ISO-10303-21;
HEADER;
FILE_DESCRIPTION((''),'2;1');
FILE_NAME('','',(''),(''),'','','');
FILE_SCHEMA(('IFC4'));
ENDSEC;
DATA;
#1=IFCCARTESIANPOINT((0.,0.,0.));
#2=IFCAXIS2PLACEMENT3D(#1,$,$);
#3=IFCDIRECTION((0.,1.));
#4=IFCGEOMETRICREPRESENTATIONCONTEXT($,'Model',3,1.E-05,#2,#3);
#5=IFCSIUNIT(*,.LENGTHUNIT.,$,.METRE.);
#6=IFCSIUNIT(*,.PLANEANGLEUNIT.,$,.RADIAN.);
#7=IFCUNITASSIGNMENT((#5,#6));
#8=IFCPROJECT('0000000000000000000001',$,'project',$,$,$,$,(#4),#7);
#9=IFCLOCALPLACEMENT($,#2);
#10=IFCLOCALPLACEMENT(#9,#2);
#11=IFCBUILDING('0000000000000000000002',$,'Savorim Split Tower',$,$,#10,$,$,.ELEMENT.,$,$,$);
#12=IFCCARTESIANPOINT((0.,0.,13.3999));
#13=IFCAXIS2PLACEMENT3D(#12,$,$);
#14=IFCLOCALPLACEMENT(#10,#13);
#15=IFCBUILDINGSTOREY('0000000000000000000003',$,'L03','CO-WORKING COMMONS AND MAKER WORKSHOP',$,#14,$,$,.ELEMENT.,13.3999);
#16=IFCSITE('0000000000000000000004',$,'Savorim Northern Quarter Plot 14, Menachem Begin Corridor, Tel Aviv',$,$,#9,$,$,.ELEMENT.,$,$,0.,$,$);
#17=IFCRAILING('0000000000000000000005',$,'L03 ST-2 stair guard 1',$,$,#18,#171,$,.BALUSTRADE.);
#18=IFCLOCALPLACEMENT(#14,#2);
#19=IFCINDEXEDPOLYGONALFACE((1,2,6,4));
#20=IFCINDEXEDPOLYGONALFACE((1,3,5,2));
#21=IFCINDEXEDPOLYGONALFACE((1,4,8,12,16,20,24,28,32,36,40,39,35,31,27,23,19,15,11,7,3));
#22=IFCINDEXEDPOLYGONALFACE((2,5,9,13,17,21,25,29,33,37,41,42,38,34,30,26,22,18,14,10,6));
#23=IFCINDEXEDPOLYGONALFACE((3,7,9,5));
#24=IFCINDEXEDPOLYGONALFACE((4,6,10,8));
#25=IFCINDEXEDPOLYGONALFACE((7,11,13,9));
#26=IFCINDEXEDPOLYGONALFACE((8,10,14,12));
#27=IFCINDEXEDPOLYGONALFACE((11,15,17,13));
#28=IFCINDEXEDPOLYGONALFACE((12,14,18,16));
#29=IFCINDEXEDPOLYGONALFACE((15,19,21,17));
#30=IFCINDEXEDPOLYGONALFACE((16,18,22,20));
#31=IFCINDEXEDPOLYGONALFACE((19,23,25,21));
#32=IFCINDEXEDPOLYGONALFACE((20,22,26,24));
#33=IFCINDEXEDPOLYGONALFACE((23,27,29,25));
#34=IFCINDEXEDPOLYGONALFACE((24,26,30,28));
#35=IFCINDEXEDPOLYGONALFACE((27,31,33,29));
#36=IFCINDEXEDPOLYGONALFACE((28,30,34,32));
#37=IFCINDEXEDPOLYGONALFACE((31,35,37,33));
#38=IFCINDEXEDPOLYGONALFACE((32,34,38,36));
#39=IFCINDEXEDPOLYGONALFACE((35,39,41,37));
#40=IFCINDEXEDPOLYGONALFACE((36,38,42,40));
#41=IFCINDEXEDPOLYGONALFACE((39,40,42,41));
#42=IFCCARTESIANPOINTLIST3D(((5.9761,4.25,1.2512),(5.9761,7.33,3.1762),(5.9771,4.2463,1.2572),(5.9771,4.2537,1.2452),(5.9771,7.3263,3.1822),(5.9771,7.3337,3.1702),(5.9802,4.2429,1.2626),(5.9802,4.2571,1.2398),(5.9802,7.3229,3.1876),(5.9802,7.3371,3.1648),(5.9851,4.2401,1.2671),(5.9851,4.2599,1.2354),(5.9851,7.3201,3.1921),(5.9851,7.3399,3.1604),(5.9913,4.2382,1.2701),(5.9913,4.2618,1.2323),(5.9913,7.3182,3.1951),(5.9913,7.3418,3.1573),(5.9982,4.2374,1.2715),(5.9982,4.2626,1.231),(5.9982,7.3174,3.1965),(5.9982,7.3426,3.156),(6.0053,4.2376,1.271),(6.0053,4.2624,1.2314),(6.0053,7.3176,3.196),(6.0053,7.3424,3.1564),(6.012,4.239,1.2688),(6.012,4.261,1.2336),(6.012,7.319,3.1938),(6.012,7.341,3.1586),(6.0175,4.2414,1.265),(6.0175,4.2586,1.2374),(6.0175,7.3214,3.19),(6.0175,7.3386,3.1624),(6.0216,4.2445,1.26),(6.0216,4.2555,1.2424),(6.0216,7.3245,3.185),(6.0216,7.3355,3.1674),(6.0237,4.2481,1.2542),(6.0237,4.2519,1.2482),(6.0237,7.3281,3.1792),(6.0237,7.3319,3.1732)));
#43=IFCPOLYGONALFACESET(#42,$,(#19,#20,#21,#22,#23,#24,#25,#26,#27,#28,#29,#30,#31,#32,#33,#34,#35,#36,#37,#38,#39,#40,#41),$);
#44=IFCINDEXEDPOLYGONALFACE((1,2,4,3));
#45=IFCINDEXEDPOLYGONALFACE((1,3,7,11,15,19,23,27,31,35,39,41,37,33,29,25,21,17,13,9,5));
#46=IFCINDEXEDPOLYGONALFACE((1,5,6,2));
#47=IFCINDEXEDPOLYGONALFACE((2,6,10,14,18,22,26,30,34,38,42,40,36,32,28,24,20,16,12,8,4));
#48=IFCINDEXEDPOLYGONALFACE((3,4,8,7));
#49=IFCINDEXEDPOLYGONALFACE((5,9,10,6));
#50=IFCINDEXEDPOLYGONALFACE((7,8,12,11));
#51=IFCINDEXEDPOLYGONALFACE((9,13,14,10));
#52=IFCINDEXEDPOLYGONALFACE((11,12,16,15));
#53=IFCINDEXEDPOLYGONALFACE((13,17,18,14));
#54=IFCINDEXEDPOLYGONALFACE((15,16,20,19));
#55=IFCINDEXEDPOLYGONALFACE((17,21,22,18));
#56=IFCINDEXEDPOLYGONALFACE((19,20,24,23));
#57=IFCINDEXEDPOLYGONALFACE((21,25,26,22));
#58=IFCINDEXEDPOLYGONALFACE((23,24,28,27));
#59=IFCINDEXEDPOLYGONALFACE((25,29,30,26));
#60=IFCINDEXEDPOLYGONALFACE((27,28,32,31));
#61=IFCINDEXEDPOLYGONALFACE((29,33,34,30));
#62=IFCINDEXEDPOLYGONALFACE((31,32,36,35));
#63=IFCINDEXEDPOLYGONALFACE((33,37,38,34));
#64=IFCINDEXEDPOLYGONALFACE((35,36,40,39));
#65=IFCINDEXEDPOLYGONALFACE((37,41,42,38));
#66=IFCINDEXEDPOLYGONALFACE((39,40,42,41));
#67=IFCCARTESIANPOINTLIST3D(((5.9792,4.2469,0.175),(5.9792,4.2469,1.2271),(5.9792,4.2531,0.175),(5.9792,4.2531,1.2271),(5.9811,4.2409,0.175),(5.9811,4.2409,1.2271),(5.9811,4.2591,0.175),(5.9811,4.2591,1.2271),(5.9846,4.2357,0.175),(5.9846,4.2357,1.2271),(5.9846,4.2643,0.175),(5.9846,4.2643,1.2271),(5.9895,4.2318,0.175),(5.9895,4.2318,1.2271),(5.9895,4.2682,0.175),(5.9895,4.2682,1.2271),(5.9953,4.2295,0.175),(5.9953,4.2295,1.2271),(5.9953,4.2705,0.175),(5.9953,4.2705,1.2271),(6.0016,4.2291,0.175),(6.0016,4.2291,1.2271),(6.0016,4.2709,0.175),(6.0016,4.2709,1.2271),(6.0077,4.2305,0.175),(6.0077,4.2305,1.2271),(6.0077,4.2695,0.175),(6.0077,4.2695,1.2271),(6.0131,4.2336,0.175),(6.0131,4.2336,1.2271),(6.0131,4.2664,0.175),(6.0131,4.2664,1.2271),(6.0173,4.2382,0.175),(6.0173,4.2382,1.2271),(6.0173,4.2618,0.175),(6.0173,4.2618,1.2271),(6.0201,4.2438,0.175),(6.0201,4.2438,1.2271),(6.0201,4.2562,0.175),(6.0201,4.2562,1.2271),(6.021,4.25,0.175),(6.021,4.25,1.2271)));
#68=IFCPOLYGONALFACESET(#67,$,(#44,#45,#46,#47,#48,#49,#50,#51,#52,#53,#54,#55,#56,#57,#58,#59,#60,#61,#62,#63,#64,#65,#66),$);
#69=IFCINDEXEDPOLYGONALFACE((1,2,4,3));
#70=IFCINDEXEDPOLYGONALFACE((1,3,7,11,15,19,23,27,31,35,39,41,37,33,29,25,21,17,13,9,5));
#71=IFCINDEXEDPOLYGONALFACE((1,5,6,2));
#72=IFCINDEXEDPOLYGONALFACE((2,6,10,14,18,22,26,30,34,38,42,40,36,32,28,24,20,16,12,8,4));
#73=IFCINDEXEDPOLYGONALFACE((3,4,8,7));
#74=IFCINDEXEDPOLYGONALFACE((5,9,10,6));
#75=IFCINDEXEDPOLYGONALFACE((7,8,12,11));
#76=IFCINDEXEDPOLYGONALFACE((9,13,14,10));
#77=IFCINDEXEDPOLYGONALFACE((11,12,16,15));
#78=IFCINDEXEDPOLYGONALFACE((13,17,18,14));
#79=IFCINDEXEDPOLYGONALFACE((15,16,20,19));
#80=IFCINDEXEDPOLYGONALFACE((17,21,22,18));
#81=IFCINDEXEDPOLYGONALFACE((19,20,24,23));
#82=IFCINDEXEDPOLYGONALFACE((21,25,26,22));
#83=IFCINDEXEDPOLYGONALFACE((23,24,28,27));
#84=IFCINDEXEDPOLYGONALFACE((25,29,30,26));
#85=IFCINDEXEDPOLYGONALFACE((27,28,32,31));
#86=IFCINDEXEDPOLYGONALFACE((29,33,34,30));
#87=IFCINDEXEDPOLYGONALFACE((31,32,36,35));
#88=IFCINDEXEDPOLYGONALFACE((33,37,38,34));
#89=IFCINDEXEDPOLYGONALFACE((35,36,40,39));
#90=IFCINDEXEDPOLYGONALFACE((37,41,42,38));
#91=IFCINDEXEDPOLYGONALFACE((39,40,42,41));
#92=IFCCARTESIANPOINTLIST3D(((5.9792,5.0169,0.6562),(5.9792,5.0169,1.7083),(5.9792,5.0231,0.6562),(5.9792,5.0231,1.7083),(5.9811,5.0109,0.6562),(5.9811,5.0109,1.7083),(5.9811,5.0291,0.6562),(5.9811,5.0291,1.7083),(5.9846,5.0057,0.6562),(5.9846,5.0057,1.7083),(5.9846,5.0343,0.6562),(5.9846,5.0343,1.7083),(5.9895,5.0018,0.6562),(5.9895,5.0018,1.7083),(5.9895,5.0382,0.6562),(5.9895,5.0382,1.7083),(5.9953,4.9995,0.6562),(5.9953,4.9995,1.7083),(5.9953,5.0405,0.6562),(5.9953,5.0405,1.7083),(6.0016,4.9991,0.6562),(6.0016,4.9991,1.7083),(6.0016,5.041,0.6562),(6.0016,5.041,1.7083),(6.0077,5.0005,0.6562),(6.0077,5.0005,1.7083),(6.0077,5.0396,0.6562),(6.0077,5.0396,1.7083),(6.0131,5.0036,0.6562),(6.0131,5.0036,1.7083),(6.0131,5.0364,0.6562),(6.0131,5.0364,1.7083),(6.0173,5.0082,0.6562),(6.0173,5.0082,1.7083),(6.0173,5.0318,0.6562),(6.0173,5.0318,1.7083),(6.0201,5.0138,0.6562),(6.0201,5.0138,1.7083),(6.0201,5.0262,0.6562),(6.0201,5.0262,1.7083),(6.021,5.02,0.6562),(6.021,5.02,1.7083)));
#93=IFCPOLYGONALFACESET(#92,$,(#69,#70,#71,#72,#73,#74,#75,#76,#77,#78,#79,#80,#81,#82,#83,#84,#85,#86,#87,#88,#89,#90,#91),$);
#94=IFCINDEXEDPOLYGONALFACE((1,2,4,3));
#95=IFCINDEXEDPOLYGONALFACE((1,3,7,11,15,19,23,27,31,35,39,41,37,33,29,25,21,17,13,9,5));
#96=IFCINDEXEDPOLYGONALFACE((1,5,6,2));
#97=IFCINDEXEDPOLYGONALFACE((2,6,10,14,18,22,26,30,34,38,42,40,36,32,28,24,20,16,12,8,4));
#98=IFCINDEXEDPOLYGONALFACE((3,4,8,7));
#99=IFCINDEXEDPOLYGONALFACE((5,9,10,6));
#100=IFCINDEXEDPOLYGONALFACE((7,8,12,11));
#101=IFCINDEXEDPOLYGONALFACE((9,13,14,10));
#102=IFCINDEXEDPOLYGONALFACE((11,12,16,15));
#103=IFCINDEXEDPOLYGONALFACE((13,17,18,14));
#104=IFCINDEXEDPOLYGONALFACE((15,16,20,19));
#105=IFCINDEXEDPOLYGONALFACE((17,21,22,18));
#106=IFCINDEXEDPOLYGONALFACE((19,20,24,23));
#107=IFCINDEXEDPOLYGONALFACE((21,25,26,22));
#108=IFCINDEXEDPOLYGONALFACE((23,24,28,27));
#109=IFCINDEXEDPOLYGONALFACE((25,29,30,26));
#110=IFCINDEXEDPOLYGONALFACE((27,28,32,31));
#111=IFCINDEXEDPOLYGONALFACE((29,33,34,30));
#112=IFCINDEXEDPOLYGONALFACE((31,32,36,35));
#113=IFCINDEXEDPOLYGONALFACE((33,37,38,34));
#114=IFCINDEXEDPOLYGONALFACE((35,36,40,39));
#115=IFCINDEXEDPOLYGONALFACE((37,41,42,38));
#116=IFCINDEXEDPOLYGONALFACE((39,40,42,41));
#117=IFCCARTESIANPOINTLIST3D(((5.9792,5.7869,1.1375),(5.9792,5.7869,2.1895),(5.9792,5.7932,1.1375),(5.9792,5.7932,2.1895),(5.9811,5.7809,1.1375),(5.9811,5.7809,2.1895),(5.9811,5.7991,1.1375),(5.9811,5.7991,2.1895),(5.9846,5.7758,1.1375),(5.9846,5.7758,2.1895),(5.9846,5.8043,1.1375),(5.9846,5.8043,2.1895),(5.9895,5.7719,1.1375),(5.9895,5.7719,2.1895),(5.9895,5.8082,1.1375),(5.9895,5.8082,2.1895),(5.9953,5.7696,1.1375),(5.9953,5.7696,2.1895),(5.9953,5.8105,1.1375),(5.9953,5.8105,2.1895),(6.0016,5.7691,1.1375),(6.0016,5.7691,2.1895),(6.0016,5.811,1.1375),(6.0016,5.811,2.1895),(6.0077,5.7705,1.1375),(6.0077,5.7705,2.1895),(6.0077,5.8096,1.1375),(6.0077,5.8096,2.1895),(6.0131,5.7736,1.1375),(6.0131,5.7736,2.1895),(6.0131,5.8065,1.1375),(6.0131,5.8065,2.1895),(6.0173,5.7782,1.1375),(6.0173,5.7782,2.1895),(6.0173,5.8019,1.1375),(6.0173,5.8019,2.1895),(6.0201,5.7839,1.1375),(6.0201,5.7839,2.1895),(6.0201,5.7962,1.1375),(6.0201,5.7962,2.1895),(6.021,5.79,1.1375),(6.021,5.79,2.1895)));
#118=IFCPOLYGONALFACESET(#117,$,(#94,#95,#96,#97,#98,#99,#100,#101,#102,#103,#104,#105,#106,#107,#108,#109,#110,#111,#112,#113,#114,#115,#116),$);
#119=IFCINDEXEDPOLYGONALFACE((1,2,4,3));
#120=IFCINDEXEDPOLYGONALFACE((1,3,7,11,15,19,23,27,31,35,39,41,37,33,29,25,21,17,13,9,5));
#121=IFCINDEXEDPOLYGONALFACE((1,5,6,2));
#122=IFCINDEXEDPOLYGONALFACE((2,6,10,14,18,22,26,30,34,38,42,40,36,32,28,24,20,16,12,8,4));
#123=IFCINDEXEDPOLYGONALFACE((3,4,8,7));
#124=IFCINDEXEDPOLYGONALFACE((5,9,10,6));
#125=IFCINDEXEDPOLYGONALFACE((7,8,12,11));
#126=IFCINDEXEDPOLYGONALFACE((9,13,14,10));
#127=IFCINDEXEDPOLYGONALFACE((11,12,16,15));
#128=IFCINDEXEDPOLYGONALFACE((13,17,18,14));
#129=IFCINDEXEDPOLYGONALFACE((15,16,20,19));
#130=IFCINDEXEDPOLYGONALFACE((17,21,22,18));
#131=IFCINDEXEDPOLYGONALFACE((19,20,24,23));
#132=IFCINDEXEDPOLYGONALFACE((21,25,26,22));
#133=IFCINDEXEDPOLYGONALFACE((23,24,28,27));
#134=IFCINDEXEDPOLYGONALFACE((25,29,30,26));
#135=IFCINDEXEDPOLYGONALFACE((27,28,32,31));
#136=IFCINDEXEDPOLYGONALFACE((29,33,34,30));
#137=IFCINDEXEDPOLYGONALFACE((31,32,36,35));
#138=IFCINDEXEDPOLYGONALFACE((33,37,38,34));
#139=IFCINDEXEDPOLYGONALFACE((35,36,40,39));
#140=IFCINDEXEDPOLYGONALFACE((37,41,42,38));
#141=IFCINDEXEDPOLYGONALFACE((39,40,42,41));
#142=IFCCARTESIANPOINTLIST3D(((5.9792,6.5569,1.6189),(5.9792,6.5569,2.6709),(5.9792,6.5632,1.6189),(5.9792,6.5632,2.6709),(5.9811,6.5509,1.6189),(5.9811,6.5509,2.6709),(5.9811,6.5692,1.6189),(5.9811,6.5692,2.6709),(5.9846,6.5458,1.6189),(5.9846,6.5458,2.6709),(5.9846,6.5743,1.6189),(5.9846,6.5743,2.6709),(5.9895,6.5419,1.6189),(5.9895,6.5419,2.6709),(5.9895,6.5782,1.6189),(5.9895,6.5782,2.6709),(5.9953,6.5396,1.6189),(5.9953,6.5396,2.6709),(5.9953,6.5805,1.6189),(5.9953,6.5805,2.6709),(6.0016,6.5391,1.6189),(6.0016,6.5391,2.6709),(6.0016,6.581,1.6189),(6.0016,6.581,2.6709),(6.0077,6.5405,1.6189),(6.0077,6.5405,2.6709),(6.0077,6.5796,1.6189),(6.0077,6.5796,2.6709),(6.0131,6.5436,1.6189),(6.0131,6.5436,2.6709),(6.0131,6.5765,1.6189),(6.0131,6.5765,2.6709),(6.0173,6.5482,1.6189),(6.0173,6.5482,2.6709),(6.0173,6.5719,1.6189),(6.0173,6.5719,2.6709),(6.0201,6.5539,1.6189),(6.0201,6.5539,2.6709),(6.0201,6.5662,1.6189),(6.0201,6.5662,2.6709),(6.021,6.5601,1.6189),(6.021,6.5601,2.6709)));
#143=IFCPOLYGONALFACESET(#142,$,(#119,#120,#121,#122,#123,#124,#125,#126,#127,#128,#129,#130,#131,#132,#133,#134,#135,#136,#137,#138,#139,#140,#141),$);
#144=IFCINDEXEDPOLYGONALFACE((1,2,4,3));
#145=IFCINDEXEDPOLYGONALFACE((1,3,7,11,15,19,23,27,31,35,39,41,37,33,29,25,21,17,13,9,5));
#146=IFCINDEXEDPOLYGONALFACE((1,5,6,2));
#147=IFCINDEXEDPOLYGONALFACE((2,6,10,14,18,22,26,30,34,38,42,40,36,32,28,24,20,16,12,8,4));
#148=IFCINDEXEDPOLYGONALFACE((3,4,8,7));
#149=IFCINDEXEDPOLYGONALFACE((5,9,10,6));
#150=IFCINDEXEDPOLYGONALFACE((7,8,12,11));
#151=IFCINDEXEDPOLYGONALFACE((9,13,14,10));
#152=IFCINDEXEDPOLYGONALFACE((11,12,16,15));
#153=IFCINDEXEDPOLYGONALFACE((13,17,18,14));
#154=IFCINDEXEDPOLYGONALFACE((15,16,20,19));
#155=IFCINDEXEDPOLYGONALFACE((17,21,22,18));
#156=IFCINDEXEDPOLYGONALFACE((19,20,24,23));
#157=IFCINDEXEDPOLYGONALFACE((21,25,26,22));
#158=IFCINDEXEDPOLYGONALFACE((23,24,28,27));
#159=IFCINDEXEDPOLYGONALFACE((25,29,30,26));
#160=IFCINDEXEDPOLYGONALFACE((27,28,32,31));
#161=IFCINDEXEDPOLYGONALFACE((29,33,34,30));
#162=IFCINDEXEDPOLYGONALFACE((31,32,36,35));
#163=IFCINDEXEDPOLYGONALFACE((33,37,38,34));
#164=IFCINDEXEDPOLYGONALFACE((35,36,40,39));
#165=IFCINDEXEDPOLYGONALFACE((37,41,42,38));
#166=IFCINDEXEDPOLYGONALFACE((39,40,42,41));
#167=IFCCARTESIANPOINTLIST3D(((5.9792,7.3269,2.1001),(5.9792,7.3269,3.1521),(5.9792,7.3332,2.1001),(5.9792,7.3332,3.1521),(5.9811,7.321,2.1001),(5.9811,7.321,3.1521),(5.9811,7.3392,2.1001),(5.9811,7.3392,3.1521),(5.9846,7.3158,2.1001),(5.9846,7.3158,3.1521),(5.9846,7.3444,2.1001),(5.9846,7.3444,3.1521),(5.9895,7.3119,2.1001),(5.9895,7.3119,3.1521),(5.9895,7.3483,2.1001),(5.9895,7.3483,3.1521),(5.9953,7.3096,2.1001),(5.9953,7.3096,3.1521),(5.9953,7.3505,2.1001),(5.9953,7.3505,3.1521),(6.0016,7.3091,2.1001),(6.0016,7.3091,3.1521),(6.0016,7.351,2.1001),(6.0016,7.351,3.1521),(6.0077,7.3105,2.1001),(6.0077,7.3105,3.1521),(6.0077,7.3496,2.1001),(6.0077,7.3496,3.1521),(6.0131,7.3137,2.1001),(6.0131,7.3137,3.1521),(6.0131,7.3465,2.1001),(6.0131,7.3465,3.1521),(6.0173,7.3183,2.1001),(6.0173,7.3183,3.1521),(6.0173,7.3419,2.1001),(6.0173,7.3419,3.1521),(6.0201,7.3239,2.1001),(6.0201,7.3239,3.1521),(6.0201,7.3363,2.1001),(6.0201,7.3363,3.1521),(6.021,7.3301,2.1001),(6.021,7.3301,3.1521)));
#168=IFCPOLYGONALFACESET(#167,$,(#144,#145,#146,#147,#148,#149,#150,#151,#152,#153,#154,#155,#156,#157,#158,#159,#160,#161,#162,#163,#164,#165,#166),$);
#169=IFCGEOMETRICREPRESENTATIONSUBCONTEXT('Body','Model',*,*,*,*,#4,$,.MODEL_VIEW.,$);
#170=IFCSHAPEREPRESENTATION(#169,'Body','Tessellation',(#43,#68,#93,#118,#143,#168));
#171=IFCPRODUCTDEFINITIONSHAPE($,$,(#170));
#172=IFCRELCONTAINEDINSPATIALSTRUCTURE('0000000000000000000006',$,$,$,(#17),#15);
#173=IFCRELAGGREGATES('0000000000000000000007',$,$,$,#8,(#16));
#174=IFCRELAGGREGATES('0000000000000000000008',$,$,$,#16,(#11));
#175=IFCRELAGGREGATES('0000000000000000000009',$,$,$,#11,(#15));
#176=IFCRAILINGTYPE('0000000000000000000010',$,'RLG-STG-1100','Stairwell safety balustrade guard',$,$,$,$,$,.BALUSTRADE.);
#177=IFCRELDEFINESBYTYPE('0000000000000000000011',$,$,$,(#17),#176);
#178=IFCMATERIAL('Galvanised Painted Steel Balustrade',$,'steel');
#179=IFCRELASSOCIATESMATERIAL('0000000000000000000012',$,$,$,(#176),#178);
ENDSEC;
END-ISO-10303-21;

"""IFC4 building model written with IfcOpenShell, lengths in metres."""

from ifc_helpers import new_model, si_unit, direction, frame, origin, origin_2d, place, context, subcontext, project, spatial, circle, extrude, material, type_object, element, save


model = new_model("IFC4")

# Units and contexts
model_context = context("Model", 3, precision=1e-05, world=origin(), true_north=direction((0.0, 1.0)))
body_context = subcontext(model_context, "Body", "Model", "MODEL_VIEW")
ifc_project = project(units=[si_unit("LENGTHUNIT", "METRE"), si_unit("PLANEANGLEUNIT", "RADIAN")], contexts=[model_context])

# Site, building, storey
site_placement = place(None, origin())
site = spatial("IfcSite", under=ifc_project, at=site_placement, Name="Savorim Northern Quarter Plot 14, Menachem Begin Corridor, Tel Aviv", CompositionType="ELEMENT", RefElevation=0.0)
building_placement = place(site_placement, origin())
building = spatial("IfcBuilding", under=site, at=building_placement, Name="Savorim Split Tower", CompositionType="ELEMENT")
storey_placement = place(building_placement, frame((0.0, 0.0, 13.3999)))
storey = spatial("IfcBuildingStorey", under=building, at=storey_placement, Name="L03", Description="CO-WORKING COMMONS AND MAKER WORKSHOP", CompositionType="ELEMENT", Elevation=13.3999)

# Railing
ifc_material_1 = material(Name="Galvanised Painted Steel Balustrade", Category="steel")
railing_type_1 = type_object("IfcRailingType", Name="RLG-STG-1100", Description="Stairwell safety balustrade guard", PredefinedType="BALUSTRADE", material=ifc_material_1)
railing_1_placement = place(storey_placement, frame((6.0, 4.25, 0.175)))
element("IfcRailing", 1, at=railing_1_placement, inside=storey, type_object=railing_type_1, Name="L03 ST-2 stair guard 1", PredefinedType="BALUSTRADE", context=body_context, shape_type="SweptSolid", body=[
    extrude(circle(Radius=0.0239, at=origin_2d()), frame((0.0, 0.0, 1.0762), z_axis=(0.0, 0.847998, 0.529999), x_axis=(-1.0, 0.0, 0.0)), (0.0, 0.0, 1.0), 3.6321),
    extrude(circle(Radius=0.021, at=origin_2d()), origin(), (0.0, 0.0, 1.0), 1.052),
    extrude(circle(Radius=0.021, at=origin_2d()), frame((0.0, 0.77, 0.4812)), (0.0, 0.0, 1.0), 1.052),
    extrude(circle(Radius=0.021, at=origin_2d()), frame((0.0, 1.54, 0.9624)), (0.0, 0.0, 1.0), 1.052),
    extrude(circle(Radius=0.021, at=origin_2d()), frame((0.0, 2.3101, 1.4438)), (0.0, 0.0, 1.0), 1.052),
    extrude(circle(Radius=0.021, at=origin_2d()), frame((0.0, 3.0801, 1.925)), (0.0, 0.0, 1.0), 1.052),
])

save(model, "model.ifc")
